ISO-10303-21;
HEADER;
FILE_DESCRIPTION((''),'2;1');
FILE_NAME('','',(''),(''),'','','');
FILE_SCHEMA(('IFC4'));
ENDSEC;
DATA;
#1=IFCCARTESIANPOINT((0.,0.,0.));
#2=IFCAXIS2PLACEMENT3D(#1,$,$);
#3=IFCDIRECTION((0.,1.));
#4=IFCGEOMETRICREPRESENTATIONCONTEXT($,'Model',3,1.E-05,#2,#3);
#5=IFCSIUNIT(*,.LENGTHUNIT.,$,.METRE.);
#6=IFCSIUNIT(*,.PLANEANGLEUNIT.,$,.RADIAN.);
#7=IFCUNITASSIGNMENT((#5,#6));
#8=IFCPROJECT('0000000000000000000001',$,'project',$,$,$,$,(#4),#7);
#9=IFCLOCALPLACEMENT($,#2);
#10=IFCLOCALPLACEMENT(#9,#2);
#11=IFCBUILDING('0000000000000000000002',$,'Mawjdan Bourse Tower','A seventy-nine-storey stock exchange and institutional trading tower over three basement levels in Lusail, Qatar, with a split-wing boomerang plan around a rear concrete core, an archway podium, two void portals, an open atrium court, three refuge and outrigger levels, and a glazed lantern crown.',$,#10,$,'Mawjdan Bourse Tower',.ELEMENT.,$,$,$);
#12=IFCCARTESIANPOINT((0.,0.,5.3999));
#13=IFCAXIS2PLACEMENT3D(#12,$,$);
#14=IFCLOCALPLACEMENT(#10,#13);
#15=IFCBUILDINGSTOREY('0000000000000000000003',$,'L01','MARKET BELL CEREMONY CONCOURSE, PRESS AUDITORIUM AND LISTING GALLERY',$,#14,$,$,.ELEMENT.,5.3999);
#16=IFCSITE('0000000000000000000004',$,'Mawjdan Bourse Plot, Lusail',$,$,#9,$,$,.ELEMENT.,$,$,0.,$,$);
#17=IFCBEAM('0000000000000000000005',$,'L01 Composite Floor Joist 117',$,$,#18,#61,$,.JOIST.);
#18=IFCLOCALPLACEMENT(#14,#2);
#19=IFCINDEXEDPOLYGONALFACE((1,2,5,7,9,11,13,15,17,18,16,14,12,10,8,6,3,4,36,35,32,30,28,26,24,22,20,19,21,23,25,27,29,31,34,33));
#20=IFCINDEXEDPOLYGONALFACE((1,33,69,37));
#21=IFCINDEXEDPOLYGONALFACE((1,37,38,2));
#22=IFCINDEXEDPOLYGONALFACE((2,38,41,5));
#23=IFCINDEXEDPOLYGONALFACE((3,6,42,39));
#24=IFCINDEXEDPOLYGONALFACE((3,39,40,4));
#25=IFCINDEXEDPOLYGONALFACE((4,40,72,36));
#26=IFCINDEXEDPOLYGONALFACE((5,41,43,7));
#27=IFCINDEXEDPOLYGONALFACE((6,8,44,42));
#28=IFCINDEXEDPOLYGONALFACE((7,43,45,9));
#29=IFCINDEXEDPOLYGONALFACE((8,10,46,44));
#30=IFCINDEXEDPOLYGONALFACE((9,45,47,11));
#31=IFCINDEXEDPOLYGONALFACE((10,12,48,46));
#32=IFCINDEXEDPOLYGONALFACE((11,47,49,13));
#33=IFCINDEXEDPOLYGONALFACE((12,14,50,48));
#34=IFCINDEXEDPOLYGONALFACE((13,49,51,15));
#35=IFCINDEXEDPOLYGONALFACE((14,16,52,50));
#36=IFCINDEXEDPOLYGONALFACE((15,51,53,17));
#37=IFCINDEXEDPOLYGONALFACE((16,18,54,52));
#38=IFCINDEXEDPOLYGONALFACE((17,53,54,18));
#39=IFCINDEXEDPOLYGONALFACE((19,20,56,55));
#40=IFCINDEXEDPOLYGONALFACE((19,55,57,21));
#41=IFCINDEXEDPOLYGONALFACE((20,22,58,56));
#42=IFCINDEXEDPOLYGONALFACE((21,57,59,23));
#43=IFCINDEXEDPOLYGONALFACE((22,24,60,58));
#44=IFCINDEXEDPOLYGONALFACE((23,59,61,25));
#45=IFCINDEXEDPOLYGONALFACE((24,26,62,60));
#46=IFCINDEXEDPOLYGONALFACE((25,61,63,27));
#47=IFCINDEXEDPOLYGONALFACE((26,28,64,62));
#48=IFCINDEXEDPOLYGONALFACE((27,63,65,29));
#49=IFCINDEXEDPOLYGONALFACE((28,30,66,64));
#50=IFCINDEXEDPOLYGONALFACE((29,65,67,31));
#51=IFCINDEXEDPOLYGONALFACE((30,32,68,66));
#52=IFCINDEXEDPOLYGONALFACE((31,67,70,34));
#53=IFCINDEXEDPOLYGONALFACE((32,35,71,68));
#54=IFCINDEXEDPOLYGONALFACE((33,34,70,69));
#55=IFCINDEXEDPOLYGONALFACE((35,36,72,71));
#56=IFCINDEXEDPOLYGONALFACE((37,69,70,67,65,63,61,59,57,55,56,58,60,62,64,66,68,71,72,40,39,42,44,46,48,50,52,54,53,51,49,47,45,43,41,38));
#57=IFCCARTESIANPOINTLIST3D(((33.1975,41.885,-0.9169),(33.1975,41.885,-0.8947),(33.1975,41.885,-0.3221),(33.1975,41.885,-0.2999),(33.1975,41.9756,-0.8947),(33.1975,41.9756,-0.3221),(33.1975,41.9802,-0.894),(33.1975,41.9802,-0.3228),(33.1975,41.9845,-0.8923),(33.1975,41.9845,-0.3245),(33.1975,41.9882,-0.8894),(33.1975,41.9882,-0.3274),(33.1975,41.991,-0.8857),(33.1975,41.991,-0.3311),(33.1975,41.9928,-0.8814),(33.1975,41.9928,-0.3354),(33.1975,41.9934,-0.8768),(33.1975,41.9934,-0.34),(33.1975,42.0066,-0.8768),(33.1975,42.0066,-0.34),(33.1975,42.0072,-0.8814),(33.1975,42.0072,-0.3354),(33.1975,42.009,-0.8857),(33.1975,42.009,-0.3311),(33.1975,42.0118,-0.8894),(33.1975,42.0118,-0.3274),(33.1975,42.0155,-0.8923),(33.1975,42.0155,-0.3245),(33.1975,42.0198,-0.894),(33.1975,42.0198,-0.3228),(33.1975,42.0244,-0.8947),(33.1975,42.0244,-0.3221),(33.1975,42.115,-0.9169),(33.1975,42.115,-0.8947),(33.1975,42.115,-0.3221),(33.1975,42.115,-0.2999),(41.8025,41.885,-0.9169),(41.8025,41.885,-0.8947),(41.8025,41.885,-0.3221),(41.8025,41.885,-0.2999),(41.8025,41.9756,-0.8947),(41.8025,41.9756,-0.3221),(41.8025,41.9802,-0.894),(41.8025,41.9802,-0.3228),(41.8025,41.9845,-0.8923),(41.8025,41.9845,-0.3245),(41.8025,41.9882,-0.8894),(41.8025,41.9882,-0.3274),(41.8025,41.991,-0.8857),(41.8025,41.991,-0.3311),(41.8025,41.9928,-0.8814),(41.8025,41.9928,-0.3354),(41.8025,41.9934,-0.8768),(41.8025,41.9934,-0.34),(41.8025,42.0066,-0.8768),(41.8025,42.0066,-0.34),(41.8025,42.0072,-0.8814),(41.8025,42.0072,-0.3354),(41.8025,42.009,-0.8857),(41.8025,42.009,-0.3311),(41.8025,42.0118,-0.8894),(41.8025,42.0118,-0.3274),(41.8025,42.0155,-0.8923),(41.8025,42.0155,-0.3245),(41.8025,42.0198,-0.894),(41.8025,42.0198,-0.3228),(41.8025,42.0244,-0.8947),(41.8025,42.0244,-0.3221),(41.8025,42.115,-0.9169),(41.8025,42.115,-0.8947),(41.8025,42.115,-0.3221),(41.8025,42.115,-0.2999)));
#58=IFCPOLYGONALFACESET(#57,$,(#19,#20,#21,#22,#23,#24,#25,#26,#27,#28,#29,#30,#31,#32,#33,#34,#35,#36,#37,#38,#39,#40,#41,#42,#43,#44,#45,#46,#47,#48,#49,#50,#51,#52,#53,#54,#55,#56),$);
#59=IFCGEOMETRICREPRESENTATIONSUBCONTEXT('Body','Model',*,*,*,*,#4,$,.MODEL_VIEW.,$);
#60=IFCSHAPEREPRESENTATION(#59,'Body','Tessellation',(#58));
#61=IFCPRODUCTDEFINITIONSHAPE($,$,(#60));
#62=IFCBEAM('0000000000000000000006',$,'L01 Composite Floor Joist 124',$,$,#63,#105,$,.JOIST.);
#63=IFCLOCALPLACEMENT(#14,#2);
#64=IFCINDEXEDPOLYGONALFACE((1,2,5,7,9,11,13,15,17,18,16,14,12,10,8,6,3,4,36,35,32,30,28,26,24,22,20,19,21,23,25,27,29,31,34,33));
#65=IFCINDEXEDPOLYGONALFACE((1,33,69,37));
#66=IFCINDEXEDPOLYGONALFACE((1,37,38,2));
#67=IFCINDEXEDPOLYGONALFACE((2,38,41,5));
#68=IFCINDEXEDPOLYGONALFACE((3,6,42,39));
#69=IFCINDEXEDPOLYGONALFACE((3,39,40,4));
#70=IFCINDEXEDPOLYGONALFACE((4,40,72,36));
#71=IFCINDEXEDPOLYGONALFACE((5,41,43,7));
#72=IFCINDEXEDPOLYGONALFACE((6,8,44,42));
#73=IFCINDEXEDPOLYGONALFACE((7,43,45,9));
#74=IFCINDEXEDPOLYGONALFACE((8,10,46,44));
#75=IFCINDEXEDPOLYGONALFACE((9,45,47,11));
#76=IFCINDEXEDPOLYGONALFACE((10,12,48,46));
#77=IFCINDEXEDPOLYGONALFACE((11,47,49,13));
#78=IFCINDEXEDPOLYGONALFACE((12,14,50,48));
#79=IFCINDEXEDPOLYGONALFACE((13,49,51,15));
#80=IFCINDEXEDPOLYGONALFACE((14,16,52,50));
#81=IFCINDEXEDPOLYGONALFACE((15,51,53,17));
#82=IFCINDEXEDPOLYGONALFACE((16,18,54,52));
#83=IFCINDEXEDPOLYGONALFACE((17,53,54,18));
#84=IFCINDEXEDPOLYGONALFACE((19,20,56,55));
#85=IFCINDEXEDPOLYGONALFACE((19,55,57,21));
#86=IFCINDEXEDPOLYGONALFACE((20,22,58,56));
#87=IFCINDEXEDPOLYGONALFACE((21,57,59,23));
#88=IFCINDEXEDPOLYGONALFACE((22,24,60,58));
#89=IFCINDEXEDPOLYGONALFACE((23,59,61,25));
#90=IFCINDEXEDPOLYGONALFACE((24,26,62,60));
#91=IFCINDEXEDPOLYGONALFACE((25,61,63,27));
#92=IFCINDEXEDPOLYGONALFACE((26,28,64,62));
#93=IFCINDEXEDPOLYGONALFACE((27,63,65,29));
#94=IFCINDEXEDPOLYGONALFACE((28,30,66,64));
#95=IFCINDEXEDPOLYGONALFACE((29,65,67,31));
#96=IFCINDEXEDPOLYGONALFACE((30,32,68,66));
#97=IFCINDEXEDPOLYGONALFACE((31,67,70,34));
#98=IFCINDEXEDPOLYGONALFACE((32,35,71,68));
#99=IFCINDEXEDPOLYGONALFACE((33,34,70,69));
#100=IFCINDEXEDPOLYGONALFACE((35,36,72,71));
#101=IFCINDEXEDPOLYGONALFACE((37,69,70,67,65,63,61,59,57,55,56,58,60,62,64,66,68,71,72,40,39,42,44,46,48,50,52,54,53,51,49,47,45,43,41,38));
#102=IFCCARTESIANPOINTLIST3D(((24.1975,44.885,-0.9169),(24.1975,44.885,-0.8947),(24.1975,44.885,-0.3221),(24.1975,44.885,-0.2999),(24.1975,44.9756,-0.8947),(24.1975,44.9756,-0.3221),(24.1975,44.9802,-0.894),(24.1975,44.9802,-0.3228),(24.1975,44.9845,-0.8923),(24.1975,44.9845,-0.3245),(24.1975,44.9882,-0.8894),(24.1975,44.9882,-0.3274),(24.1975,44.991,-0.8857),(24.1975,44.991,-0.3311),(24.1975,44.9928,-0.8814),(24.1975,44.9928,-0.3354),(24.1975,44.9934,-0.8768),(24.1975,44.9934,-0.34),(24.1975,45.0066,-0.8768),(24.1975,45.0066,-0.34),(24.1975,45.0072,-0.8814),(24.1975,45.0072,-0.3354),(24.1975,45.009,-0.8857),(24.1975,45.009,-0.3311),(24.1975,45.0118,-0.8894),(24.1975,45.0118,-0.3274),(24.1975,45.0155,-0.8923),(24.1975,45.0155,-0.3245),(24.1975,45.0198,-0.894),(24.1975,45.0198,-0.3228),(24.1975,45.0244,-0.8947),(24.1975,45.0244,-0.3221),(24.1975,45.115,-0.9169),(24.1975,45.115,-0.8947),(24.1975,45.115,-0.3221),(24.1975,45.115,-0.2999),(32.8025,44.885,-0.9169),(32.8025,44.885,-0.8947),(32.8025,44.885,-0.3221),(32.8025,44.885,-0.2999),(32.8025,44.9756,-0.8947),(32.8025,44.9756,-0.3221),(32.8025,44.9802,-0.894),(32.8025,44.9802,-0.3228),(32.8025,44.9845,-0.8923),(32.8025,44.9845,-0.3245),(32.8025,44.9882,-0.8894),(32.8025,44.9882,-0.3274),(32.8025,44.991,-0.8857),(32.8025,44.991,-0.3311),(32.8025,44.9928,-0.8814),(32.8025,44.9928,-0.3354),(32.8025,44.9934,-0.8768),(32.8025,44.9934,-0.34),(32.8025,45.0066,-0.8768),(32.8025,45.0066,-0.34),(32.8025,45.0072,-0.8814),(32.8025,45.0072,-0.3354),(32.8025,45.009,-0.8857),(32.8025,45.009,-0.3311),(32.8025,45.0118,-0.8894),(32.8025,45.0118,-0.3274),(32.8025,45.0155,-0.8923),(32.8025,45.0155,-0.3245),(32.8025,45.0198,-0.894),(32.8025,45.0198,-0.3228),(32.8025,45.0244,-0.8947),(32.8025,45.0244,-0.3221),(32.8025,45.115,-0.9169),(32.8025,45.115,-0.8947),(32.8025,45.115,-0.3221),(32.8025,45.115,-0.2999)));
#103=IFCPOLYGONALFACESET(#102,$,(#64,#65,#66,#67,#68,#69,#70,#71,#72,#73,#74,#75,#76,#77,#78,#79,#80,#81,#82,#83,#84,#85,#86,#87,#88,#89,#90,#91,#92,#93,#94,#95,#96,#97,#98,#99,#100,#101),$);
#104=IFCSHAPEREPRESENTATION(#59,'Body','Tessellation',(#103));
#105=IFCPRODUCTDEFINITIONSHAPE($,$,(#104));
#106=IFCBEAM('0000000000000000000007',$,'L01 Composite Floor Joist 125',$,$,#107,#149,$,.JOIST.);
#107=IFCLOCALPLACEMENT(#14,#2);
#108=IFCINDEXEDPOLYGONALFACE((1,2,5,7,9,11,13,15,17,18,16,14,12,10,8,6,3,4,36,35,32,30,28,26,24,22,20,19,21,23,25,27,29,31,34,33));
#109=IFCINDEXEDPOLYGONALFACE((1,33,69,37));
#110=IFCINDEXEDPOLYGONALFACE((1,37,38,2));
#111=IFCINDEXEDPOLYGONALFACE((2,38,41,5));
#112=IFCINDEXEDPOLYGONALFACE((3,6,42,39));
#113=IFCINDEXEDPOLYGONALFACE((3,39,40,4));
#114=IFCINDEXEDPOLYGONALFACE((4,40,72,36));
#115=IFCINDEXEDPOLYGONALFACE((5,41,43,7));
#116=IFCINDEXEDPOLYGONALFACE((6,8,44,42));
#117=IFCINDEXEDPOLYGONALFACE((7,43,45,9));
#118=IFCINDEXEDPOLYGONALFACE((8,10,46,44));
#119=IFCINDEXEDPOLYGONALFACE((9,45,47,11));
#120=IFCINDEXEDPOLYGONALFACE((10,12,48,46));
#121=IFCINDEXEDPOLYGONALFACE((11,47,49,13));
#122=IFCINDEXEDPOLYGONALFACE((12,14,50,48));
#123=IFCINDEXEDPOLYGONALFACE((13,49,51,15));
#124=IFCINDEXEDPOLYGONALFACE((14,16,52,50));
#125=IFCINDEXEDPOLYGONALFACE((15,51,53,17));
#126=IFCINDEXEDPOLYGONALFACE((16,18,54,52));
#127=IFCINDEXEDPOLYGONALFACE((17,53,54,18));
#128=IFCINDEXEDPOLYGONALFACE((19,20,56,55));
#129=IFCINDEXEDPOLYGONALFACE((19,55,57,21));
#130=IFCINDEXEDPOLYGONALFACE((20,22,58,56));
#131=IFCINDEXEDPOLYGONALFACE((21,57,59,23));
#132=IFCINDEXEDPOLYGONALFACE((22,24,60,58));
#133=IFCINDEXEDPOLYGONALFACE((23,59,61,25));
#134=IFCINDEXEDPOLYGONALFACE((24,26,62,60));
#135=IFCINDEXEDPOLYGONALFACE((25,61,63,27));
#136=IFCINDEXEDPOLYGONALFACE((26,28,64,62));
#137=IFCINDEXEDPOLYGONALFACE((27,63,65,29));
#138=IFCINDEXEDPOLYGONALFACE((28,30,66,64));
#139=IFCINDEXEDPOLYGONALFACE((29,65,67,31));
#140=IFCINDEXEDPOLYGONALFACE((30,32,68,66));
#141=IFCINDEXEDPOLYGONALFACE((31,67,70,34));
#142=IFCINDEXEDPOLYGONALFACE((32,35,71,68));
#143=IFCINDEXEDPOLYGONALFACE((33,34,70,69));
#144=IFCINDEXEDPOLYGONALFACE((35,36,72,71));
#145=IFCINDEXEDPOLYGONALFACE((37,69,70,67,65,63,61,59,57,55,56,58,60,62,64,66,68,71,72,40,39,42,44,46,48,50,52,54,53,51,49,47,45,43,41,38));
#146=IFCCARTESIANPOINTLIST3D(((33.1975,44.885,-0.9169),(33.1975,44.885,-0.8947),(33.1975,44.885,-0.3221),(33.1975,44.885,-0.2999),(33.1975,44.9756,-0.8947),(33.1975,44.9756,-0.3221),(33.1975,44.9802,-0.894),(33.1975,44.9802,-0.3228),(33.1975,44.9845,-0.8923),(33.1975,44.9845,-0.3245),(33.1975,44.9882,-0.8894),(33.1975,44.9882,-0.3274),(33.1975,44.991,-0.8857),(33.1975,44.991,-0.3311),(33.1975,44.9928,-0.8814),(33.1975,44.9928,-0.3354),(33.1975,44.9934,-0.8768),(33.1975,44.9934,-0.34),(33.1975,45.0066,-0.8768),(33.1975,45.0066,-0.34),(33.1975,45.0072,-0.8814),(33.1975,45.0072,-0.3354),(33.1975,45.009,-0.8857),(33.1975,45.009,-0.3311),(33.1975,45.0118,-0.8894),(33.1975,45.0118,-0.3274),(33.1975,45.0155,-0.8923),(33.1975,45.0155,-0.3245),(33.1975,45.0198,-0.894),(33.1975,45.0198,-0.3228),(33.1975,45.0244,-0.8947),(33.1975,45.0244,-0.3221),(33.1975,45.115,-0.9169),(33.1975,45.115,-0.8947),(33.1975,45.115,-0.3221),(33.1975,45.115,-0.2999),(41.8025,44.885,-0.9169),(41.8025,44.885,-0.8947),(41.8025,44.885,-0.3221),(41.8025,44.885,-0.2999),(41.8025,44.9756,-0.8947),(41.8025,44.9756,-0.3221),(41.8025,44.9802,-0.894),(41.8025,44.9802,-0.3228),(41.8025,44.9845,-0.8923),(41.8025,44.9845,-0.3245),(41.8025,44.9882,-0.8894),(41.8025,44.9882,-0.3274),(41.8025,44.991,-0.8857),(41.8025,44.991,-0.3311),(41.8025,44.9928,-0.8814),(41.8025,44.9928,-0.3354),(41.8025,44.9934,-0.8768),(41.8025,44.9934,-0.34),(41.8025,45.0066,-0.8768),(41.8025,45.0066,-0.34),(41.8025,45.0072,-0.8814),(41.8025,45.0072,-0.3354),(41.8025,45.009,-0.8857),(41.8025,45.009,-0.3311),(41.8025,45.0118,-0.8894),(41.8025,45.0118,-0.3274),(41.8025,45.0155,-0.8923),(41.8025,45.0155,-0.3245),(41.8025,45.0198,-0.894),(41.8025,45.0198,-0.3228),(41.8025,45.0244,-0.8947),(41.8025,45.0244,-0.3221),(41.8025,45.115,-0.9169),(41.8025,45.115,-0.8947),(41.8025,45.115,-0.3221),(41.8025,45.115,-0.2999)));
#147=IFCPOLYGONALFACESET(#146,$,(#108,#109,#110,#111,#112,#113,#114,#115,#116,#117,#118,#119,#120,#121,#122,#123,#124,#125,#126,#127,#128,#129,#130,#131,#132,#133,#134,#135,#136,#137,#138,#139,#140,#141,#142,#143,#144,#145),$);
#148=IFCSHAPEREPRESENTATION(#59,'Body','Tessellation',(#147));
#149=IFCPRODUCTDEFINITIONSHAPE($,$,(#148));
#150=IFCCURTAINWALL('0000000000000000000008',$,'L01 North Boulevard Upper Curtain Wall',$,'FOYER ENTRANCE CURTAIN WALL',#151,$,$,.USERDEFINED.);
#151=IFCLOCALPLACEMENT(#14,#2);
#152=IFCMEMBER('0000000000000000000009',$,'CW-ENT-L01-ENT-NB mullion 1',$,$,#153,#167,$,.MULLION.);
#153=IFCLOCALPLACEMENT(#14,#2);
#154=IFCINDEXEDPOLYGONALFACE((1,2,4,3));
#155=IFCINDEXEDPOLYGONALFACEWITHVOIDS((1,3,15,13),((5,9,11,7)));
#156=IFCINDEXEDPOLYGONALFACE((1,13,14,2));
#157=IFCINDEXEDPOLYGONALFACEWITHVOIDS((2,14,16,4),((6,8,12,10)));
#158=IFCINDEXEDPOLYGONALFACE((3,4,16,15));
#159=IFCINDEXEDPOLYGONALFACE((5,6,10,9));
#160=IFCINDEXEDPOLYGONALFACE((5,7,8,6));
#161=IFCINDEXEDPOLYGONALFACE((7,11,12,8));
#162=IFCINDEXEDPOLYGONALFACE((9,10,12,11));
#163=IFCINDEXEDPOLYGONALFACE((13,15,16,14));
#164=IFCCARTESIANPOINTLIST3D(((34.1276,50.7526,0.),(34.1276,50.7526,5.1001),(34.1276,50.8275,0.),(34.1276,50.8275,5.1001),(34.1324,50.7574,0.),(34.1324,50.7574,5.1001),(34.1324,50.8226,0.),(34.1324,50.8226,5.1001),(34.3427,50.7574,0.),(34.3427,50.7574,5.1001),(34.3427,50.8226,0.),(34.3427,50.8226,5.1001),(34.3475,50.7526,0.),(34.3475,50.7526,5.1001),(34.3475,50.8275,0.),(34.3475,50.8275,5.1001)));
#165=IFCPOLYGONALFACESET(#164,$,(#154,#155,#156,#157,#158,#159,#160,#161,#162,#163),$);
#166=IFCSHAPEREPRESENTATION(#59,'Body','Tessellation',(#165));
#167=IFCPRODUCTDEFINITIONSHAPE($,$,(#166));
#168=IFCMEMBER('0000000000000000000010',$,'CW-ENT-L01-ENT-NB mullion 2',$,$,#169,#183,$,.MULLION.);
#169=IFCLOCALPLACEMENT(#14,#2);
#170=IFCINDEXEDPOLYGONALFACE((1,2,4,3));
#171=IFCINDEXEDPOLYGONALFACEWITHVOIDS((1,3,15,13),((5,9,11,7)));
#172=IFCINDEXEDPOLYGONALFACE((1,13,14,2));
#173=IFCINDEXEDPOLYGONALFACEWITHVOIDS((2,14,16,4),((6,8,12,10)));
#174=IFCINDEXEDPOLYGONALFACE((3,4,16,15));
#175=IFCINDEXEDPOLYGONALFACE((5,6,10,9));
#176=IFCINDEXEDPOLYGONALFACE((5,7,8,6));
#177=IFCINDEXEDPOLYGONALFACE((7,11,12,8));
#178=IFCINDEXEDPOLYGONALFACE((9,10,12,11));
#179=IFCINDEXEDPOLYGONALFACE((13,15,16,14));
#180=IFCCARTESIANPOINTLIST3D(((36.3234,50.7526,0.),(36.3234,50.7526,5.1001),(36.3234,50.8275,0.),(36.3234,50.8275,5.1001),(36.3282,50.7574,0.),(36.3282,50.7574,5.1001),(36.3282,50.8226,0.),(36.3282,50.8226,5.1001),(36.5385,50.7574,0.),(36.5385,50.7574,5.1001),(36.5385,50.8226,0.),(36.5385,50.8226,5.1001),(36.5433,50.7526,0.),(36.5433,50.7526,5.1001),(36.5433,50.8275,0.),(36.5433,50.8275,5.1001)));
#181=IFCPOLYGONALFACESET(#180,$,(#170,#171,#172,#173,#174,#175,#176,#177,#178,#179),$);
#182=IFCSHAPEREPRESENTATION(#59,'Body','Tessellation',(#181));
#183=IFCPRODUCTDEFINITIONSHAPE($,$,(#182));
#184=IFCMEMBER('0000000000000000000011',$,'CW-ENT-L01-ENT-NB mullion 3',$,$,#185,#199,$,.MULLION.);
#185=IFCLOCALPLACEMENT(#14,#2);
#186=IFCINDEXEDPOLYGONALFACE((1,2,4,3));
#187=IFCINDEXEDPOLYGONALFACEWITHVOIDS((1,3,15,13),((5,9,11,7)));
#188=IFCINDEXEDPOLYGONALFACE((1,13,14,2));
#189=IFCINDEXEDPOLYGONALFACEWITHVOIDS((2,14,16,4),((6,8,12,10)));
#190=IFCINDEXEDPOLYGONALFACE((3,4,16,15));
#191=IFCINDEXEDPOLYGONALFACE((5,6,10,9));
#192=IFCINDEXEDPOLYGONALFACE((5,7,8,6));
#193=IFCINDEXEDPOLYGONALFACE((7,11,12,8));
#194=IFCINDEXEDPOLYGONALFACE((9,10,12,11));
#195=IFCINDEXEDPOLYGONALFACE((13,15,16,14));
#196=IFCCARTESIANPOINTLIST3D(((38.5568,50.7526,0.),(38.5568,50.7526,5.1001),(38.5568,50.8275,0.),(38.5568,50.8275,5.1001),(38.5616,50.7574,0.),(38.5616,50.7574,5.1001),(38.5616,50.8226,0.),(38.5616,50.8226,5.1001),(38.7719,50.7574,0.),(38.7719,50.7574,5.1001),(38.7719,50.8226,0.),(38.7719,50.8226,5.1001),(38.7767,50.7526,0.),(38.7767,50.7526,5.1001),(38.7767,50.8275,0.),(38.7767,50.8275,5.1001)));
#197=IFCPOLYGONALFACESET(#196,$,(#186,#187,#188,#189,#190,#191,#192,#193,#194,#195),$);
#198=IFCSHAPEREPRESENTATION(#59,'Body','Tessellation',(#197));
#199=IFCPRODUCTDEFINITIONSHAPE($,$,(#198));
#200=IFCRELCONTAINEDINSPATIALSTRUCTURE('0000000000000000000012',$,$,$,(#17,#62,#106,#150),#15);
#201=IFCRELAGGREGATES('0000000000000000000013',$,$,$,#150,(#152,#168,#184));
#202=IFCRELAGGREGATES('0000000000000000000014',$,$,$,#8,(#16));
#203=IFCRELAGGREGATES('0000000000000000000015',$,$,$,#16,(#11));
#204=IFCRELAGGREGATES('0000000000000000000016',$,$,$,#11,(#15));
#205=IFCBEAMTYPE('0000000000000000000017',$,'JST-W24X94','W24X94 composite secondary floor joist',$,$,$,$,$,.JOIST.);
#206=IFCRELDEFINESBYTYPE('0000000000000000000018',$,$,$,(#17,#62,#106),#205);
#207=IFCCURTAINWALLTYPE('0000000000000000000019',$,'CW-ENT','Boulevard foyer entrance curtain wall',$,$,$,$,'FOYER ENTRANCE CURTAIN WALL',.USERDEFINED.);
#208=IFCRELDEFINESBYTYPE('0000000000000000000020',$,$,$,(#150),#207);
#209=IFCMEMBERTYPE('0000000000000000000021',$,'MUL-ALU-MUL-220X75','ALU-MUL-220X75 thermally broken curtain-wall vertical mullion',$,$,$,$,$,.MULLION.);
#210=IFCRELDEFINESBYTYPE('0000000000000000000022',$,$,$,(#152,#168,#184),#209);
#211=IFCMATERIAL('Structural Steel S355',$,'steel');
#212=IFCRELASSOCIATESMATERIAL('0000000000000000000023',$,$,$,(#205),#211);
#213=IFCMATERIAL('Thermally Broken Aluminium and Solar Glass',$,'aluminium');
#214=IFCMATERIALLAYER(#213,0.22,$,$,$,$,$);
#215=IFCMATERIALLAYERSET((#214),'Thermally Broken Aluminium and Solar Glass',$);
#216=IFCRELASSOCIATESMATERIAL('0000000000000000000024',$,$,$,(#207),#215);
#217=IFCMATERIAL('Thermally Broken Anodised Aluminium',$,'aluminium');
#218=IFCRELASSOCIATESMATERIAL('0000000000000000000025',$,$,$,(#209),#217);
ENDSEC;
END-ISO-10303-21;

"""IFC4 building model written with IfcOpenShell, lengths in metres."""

from ifc_helpers import new_model, si_unit, direction, frame, origin, origin_2d, place, context, subcontext, project, spatial, hollow_rectangle, i_section, extrude, material, layer, layer_set, material_profile, profile_set, type_object, element, aggregate, save


model = new_model("IFC4")

# Units and contexts
model_context = context("Model", 3, precision=1e-05, world=origin(), true_north=direction((0.0, 1.0)))
body_context = subcontext(model_context, "Body", "Model", "MODEL_VIEW")
ifc_project = project(units=[si_unit("LENGTHUNIT", "METRE"), si_unit("PLANEANGLEUNIT", "RADIAN")], contexts=[model_context])

# Site, building, storey
site_placement = place(None, origin())
site = spatial("IfcSite", under=ifc_project, at=site_placement, Name="Mawjdan Bourse Plot, Lusail", CompositionType="ELEMENT", RefElevation=0.0)
building_placement = place(site_placement, origin())
building = spatial("IfcBuilding", under=site, at=building_placement, Name="Mawjdan Bourse Tower", Description="A seventy-nine-storey stock exchange and institutional trading tower over three basement levels in Lusail, Qatar, with a split-wing boomerang plan around a rear concrete core, an archway podium, two void portals, an open atrium court, three refuge and outrigger levels, and a glazed lantern crown.", LongName="Mawjdan Bourse Tower", CompositionType="ELEMENT")
storey_placement = place(building_placement, frame((0.0, 0.0, 5.3999)))
storey = spatial("IfcBuildingStorey", under=building, at=storey_placement, Name="L01", Description="MARKET BELL CEREMONY CONCOURSE, PRESS AUDITORIUM AND LISTING GALLERY", CompositionType="ELEMENT", Elevation=5.3999)

# Beams
ifc_material_1 = material(Name="Structural Steel S355", Category="steel")
ifc_material_profile_1 = material_profile(ifc_material_1, i_section(OverallWidth=0.23, OverallDepth=0.6169, WebThickness=0.0132, FlangeThickness=0.0222, FilletRadius=0.0178, at=origin_2d()), Name="W24X94")
ifc_profile_set_1 = profile_set([ifc_material_profile_1], Name="Structural Steel S355")
beam_type_1 = type_object("IfcBeamType", Name="JST-W24X94", Description="W24X94 composite secondary floor joist", PredefinedType="JOIST", material=ifc_profile_set_1)
for number, where, z_axis, x_axis, name in (
    (1, (33.1975, 42.0, -0.6084), (1.0, 0.0, 0.0), (0.0, 1.0, 0.0), "L01 Composite Floor Joist 117"),
    (2, (24.1975, 45.0, -0.6084), (1.0, 0.0, 0.0), (0.0, 1.0, 0.0), "L01 Composite Floor Joist 124"),
    (3, (33.1975, 45.0, -0.6084), (1.0, 0.0, 0.0), (0.0, 1.0, 0.0), "L01 Composite Floor Joist 125"),
):
    element("IfcBeam", number, at=place(storey_placement, frame(where, z_axis=z_axis, x_axis=x_axis)), inside=storey, type_object=beam_type_1, Name=name, PredefinedType="JOIST", context=body_context, shape_type="SweptSolid", body=[
        extrude(i_section(OverallWidth=0.23, OverallDepth=0.6169, WebThickness=0.0132, FlangeThickness=0.0222, FilletRadius=0.0178, at=origin_2d()), origin(), (0.0, 0.0, 1.0), 8.605),
    ])

# Curtain wall, members
ifc_material_2 = material(Name="Thermally Broken Aluminium and Solar Glass", Category="aluminium")
ifc_layer_1 = layer(ifc_material_2, 0.22)
ifc_layer_set_1 = layer_set([ifc_layer_1], Name="Thermally Broken Aluminium and Solar Glass")
curtain_wall_type = type_object("IfcCurtainWallType", Name="CW-ENT", Description="Boulevard foyer entrance curtain wall", ElementType="FOYER ENTRANCE CURTAIN WALL", PredefinedType="USERDEFINED", material=ifc_layer_set_1)
curtain_wall_placement = place(storey_placement, origin())
curtain_wall = element("IfcCurtainWall", 4, at=curtain_wall_placement, inside=storey, type_object=curtain_wall_type, Name="L01 North Boulevard Upper Curtain Wall", ObjectType="FOYER ENTRANCE CURTAIN WALL", PredefinedType="USERDEFINED")
ifc_material_3 = material(Name="Thermally Broken Anodised Aluminium", Category="aluminium")
ifc_material_profile_2 = material_profile(ifc_material_3, hollow_rectangle(XDim=0.075, YDim=0.22, WallThickness=0.0049, at=origin_2d()), Name="ALU-MUL-220X75")
ifc_profile_set_2 = profile_set([ifc_material_profile_2], Name="Thermally Broken Anodised Aluminium")
member_type_1 = type_object("IfcMemberType", Name="MUL-ALU-MUL-220X75", Description="ALU-MUL-220X75 thermally broken curtain-wall vertical mullion", PredefinedType="MULLION", material=ifc_profile_set_2)
member_1_placement = place(storey_placement, frame((34.2375, 50.79, 0.0), z_axis=(0.0, 0.0, 1.0), x_axis=(0.0, 1.0, 0.0)))
member_1 = element("IfcMember", 5, at=member_1_placement, type_object=member_type_1, Name="CW-ENT-L01-ENT-NB mullion 1", PredefinedType="MULLION", context=body_context, shape_type="SweptSolid", body=[
    extrude(hollow_rectangle(XDim=0.075, YDim=0.22, WallThickness=0.0049, at=origin_2d()), origin(), (0.0, 0.0, 1.0), 5.1001),
])
member_2_placement = place(storey_placement, frame((36.4333, 50.79, 0.0), z_axis=(0.0, 0.0, 1.0), x_axis=(0.0, 1.0, 0.0)))
member_2 = element("IfcMember", 6, at=member_2_placement, type_object=member_type_1, Name="CW-ENT-L01-ENT-NB mullion 2", PredefinedType="MULLION", context=body_context, shape_type="SweptSolid", body=[
    extrude(hollow_rectangle(XDim=0.075, YDim=0.22, WallThickness=0.0049, at=origin_2d()), origin(), (0.0, 0.0, 1.0), 5.1001),
])
member_3_placement = place(storey_placement, frame((38.6667, 50.79, 0.0), z_axis=(0.0, 0.0, 1.0), x_axis=(0.0, 1.0, 0.0)))
member_3 = element("IfcMember", 7, at=member_3_placement, type_object=member_type_1, Name="CW-ENT-L01-ENT-NB mullion 3", PredefinedType="MULLION", context=body_context, shape_type="SweptSolid", body=[
    extrude(hollow_rectangle(XDim=0.075, YDim=0.22, WallThickness=0.0049, at=origin_2d()), origin(), (0.0, 0.0, 1.0), 5.1001),
])
aggregate(curtain_wall, [member_1, member_2, member_3])

save(model, "model.ifc")
